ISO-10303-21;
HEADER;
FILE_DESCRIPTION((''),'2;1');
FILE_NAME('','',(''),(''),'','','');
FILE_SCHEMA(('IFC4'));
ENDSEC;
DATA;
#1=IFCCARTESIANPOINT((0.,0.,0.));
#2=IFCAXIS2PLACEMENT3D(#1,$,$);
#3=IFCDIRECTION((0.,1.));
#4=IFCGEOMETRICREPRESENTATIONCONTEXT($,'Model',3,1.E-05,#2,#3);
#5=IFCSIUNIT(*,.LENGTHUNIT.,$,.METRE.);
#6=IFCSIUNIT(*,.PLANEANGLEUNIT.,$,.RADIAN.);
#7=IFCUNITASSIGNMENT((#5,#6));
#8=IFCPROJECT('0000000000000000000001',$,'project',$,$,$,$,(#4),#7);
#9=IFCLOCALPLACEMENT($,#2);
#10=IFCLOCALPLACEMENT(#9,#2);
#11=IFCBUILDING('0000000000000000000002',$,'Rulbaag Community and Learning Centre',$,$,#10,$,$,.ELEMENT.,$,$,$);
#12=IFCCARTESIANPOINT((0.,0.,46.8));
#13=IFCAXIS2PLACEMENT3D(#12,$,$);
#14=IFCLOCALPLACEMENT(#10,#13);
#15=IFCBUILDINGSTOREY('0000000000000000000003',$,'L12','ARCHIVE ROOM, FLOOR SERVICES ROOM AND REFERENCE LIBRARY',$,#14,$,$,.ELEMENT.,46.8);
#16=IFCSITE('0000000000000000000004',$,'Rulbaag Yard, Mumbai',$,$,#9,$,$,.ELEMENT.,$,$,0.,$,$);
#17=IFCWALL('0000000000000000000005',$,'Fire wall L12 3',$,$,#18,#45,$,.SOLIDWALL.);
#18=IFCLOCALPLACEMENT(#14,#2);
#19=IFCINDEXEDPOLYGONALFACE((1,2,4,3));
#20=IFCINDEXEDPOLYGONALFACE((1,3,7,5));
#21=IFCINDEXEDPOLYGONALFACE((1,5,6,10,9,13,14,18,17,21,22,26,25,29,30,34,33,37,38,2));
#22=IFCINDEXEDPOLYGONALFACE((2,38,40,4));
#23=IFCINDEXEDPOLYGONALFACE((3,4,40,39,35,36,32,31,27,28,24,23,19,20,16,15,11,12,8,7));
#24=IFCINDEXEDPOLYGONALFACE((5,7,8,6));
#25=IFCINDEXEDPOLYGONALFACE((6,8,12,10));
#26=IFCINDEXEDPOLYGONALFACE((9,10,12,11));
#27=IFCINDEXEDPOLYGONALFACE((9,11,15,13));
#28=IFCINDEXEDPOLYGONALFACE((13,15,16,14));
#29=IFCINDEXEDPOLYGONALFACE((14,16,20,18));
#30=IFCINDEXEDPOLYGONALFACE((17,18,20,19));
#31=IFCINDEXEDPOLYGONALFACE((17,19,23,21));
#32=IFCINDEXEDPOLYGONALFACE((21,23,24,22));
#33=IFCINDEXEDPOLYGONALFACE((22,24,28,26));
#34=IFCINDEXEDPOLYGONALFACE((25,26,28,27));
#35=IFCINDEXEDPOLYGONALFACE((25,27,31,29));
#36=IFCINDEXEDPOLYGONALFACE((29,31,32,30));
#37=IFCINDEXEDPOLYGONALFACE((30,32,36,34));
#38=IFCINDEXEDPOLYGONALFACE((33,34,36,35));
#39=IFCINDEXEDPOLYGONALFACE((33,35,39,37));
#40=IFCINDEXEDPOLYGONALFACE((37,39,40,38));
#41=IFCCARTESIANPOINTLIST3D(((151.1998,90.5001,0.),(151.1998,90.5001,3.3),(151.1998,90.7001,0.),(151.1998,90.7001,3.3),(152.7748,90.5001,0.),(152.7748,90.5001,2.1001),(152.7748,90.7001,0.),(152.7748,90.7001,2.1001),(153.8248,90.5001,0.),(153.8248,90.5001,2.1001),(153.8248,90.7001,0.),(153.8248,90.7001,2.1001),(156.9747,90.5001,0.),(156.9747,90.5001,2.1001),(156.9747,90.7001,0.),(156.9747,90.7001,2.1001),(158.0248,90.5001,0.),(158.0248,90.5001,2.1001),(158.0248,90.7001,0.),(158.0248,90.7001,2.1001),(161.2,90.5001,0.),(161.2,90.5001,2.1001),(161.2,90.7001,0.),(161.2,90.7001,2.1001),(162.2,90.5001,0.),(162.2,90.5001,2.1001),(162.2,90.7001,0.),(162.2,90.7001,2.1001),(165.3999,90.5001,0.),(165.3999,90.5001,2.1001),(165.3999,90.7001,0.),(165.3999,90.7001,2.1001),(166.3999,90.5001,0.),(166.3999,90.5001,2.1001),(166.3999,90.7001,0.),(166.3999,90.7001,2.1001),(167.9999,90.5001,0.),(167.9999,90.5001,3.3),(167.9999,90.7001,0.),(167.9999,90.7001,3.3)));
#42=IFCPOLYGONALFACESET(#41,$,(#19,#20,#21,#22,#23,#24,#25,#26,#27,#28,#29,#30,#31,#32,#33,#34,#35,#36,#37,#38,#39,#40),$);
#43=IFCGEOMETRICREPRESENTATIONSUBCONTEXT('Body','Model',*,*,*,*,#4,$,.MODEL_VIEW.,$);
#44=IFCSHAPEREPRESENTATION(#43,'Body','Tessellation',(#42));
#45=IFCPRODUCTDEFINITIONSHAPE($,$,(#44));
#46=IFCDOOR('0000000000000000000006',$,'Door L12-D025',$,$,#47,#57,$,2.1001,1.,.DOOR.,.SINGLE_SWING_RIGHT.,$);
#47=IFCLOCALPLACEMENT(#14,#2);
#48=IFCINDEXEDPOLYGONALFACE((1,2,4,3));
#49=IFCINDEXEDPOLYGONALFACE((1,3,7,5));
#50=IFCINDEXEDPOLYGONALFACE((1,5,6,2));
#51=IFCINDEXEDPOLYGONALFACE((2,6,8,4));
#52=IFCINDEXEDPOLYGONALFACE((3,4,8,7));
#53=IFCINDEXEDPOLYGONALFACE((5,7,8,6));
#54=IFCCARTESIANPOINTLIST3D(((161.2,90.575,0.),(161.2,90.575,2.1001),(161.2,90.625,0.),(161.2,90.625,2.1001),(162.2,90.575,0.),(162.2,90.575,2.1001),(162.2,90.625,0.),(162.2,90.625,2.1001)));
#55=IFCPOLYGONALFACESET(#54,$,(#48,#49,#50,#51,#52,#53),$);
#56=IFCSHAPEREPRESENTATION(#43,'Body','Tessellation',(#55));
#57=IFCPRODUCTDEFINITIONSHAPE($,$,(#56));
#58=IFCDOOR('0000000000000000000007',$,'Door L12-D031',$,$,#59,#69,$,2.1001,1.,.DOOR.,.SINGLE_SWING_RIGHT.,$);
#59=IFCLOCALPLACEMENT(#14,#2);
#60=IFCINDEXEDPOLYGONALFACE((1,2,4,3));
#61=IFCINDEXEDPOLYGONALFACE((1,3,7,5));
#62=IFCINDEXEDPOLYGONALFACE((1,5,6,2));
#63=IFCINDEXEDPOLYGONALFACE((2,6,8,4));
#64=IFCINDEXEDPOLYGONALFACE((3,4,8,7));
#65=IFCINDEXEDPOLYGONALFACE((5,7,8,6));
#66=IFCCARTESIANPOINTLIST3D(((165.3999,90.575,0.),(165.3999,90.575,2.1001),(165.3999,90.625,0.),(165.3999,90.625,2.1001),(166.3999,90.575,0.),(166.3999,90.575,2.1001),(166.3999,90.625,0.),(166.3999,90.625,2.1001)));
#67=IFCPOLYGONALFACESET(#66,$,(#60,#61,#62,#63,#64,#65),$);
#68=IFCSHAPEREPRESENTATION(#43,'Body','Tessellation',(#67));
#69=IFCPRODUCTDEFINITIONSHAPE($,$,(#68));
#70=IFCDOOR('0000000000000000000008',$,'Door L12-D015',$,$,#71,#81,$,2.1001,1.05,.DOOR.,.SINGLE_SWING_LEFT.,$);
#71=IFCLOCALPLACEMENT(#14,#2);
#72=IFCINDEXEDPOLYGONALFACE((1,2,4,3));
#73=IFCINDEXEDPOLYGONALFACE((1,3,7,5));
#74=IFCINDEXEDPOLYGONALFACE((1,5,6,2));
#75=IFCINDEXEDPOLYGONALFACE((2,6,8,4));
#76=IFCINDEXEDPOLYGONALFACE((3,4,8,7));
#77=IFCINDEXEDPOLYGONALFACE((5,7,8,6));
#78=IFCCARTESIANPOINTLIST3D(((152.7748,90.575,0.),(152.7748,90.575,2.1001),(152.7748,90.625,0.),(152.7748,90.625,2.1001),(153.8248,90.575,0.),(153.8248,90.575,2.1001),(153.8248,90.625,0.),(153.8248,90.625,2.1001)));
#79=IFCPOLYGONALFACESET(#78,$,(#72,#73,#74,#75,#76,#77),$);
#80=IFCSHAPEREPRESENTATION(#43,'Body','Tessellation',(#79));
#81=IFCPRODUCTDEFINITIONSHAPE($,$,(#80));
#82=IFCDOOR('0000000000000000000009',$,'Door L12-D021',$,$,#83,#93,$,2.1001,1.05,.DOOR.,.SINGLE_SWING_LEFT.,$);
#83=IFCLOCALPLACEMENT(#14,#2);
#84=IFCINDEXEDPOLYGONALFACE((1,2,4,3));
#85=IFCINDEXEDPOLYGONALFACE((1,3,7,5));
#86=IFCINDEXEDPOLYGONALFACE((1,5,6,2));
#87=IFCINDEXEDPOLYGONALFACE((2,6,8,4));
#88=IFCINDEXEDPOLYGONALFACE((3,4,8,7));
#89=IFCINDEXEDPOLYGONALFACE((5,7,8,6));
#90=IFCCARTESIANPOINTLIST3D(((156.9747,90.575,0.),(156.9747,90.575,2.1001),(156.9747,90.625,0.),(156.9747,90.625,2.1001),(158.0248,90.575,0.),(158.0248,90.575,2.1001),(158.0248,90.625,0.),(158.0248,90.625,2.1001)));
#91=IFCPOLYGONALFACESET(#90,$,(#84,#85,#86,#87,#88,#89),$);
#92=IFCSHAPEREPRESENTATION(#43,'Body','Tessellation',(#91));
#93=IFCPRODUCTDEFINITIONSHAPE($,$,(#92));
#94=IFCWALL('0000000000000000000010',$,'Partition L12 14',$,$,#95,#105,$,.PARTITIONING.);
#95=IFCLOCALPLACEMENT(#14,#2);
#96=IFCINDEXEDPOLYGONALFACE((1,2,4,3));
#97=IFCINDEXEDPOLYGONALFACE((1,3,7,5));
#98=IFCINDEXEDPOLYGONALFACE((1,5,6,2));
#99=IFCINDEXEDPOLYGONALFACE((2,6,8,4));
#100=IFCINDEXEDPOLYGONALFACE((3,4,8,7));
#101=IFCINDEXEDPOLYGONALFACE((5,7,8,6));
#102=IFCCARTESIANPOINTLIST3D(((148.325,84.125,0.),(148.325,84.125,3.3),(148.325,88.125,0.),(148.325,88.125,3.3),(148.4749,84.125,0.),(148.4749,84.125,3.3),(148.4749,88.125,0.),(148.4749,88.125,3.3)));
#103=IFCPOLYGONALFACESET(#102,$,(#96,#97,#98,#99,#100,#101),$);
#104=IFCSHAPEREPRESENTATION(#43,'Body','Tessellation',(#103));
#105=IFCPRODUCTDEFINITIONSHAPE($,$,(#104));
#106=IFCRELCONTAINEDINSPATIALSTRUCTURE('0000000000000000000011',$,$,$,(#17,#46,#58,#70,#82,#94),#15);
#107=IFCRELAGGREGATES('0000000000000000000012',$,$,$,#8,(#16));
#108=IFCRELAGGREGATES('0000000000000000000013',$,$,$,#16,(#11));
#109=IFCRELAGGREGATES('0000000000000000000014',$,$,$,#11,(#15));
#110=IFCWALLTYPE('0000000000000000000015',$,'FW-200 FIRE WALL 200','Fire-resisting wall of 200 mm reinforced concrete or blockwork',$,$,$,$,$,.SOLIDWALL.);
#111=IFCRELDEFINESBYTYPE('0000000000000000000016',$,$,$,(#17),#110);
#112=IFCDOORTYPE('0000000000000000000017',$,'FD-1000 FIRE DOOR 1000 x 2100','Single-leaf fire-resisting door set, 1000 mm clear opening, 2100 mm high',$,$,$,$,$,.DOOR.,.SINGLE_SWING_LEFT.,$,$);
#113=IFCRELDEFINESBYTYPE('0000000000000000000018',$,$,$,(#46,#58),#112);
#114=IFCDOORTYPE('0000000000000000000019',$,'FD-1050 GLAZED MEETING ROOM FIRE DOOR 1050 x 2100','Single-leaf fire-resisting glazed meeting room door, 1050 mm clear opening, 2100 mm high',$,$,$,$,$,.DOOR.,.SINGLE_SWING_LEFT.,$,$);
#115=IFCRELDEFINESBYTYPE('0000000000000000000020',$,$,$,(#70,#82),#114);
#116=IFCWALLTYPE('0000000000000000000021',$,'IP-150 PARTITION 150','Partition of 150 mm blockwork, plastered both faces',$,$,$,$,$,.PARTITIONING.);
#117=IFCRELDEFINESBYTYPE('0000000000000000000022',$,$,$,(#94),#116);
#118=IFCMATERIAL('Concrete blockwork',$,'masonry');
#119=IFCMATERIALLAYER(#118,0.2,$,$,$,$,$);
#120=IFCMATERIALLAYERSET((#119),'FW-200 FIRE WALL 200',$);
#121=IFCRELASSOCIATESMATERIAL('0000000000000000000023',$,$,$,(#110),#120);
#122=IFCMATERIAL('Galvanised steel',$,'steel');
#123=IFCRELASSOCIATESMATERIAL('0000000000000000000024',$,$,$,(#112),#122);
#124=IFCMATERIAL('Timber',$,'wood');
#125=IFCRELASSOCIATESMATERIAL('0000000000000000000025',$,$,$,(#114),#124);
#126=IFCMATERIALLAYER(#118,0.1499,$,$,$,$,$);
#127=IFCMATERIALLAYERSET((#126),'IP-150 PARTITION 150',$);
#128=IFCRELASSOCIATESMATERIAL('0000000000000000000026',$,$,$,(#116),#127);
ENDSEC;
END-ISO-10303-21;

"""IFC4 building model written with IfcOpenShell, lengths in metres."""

from ifc_helpers import new_model, si_unit, direction, frame, frame_2d, origin, place, context, subcontext, project, spatial, rectangle, extrude, material, layer, layer_set, type_object, element, fill, save


model = new_model("IFC4")

# Units and contexts
model_context = context("Model", 3, precision=1e-05, world=origin(), true_north=direction((0.0, 1.0)))
body_context = subcontext(model_context, "Body", "Model", "MODEL_VIEW")
ifc_project = project(units=[si_unit("LENGTHUNIT", "METRE"), si_unit("PLANEANGLEUNIT", "RADIAN")], contexts=[model_context])

# Site, building, storey
site_placement = place(None, origin())
site = spatial("IfcSite", under=ifc_project, at=site_placement, Name="Rulbaag Yard, Mumbai", CompositionType="ELEMENT", RefElevation=0.0)
building_placement = place(site_placement, origin())
building = spatial("IfcBuilding", under=site, at=building_placement, Name="Rulbaag Community and Learning Centre", CompositionType="ELEMENT")
storey_placement = place(building_placement, frame((0.0, 0.0, 46.8)))
storey = spatial("IfcBuildingStorey", under=building, at=storey_placement, Name="L12", Description="ARCHIVE ROOM, FLOOR SERVICES ROOM AND REFERENCE LIBRARY", CompositionType="ELEMENT", Elevation=46.8)

# Wall, openings, doors
ifc_material_1 = material(Name="Concrete blockwork", Category="masonry")
ifc_layer_1 = layer(ifc_material_1, 0.2)
ifc_layer_set_1 = layer_set([ifc_layer_1], Name="FW-200 FIRE WALL 200")
wall_type_1 = type_object("IfcWallType", Name="FW-200 FIRE WALL 200", Description="Fire-resisting wall of 200 mm reinforced concrete or blockwork", PredefinedType="SOLIDWALL", material=ifc_layer_set_1)
wall_1_placement = place(storey_placement, frame((151.2, 90.6001, 0.0), z_axis=(0.0, 0.0, 1.0), x_axis=(1.0, 0.0, 0.0)))
wall_1 = element("IfcWall", 1, at=wall_1_placement, inside=storey, type_object=wall_type_1, Name="Fire wall L12 3", PredefinedType="SOLIDWALL", context=body_context, shape_type="SweptSolid", body=[
    extrude(rectangle(XDim=16.8, YDim=0.2, at=frame_2d((8.3999, 0.0))), origin(), (0.0, 0.0, 1.0), 3.3),
])
opening_1_placement = place(wall_1_placement, frame((1.575, 0.0, 0.0)))
opening_1 = element("IfcOpeningElement", 2, at=opening_1_placement, cuts=wall_1, PredefinedType="OPENING", context=body_context, shape_type="SweptSolid", body=[
    extrude(rectangle(XDim=1.05, YDim=2.1001, at=frame_2d((0.5249, 1.05))), frame((0.0, 0.1099, 0.0), z_axis=(0.0, -1.0, 0.0), x_axis=(1.0, 0.0, 0.0)), (0.0, 0.0, 1.0), 0.22),
])
opening_2_placement = place(wall_1_placement, frame((5.7749, 0.0, 0.0)))
opening_2 = element("IfcOpeningElement", 3, at=opening_2_placement, cuts=wall_1, PredefinedType="OPENING", context=body_context, shape_type="SweptSolid", body=[
    extrude(rectangle(XDim=1.05, YDim=2.1001, at=frame_2d((0.5249, 1.05))), frame((0.0, 0.1099, 0.0), z_axis=(0.0, -1.0, 0.0), x_axis=(1.0, 0.0, 0.0)), (0.0, 0.0, 1.0), 0.22),
])
opening_3_placement = place(wall_1_placement, frame((10.0, 0.0, 0.0)))
opening_3 = element("IfcOpeningElement", 4, at=opening_3_placement, cuts=wall_1, PredefinedType="OPENING", context=body_context, shape_type="SweptSolid", body=[
    extrude(rectangle(XDim=1.0, YDim=2.1001, at=frame_2d((0.5, 1.05))), frame((0.0, 0.1099, 0.0), z_axis=(0.0, -1.0, 0.0), x_axis=(1.0, 0.0, 0.0)), (0.0, 0.0, 1.0), 0.22),
])
opening_4_placement = place(wall_1_placement, frame((14.2, 0.0, 0.0)))
opening_4 = element("IfcOpeningElement", 5, at=opening_4_placement, cuts=wall_1, PredefinedType="OPENING", context=body_context, shape_type="SweptSolid", body=[
    extrude(rectangle(XDim=1.0, YDim=2.1001, at=frame_2d((0.5, 1.05))), frame((0.0, 0.1099, 0.0), z_axis=(0.0, -1.0, 0.0), x_axis=(1.0, 0.0, 0.0)), (0.0, 0.0, 1.0), 0.22),
])
ifc_material_2 = material(Name="Galvanised steel", Category="steel")
door_type_1 = type_object("IfcDoorType", Name="FD-1000 FIRE DOOR 1000 x 2100", Description="Single-leaf fire-resisting door set, 1000 mm clear opening, 2100 mm high", OperationType="SINGLE_SWING_LEFT", PredefinedType="DOOR", material=ifc_material_2)
door_1_placement = place(opening_3_placement, origin())
door_1 = element("IfcDoor", 6, at=door_1_placement, inside=storey, type_object=door_type_1, Name="Door L12-D025", OperationType="SINGLE_SWING_RIGHT", OverallHeight=2.1001, OverallWidth=1.0, PredefinedType="DOOR", context=body_context, shape_type="SweptSolid", body=[
    extrude(rectangle(XDim=1.0, YDim=2.1001, at=frame_2d((0.5, 1.05))), frame((0.0, 0.0249, 0.0), z_axis=(0.0, -1.0, 0.0), x_axis=(1.0, 0.0, 0.0)), (0.0, 0.0, 1.0), 0.05),
])
fill(opening_3, door_1)
door_2_placement = place(opening_4_placement, origin())
door_2 = element("IfcDoor", 7, at=door_2_placement, inside=storey, type_object=door_type_1, Name="Door L12-D031", OperationType="SINGLE_SWING_RIGHT", OverallHeight=2.1001, OverallWidth=1.0, PredefinedType="DOOR", context=body_context, shape_type="SweptSolid", body=[
    extrude(rectangle(XDim=1.0, YDim=2.1001, at=frame_2d((0.5, 1.05))), frame((0.0, 0.0249, 0.0), z_axis=(0.0, -1.0, 0.0), x_axis=(1.0, 0.0, 0.0)), (0.0, 0.0, 1.0), 0.05),
])
fill(opening_4, door_2)
ifc_material_3 = material(Name="Timber", Category="wood")
door_type_2 = type_object("IfcDoorType", Name="FD-1050 GLAZED MEETING ROOM FIRE DOOR 1050 x 2100", Description="Single-leaf fire-resisting glazed meeting room door, 1050 mm clear opening, 2100 mm high", OperationType="SINGLE_SWING_LEFT", PredefinedType="DOOR", material=ifc_material_3)
door_3_placement = place(opening_1_placement, origin())
door_3 = element("IfcDoor", 8, at=door_3_placement, inside=storey, type_object=door_type_2, Name="Door L12-D015", OperationType="SINGLE_SWING_LEFT", OverallHeight=2.1001, OverallWidth=1.05, PredefinedType="DOOR", context=body_context, shape_type="SweptSolid", body=[
    extrude(rectangle(XDim=1.05, YDim=2.1001, at=frame_2d((0.5249, 1.05))), frame((0.0, 0.0249, 0.0), z_axis=(0.0, -1.0, 0.0), x_axis=(1.0, 0.0, 0.0)), (0.0, 0.0, 1.0), 0.05),
])
fill(opening_1, door_3)
door_4_placement = place(opening_2_placement, origin())
door_4 = element("IfcDoor", 9, at=door_4_placement, inside=storey, type_object=door_type_2, Name="Door L12-D021", OperationType="SINGLE_SWING_LEFT", OverallHeight=2.1001, OverallWidth=1.05, PredefinedType="DOOR", context=body_context, shape_type="SweptSolid", body=[
    extrude(rectangle(XDim=1.05, YDim=2.1001, at=frame_2d((0.5249, 1.05))), frame((0.0, 0.0249, 0.0), z_axis=(0.0, -1.0, 0.0), x_axis=(1.0, 0.0, 0.0)), (0.0, 0.0, 1.0), 0.05),
])
fill(opening_2, door_4)

# Wall
ifc_layer_2 = layer(ifc_material_1, 0.1499)
ifc_layer_set_2 = layer_set([ifc_layer_2], Name="IP-150 PARTITION 150")
wall_type_2 = type_object("IfcWallType", Name="IP-150 PARTITION 150", Description="Partition of 150 mm blockwork, plastered both faces", PredefinedType="PARTITIONING", material=ifc_layer_set_2)
wall_2_placement = place(storey_placement, frame((148.3999, 84.125, 0.0), z_axis=(0.0, 0.0, 1.0), x_axis=(0.0, 1.0, 0.0)))
element("IfcWall", 10, at=wall_2_placement, inside=storey, type_object=wall_type_2, Name="Partition L12 14", PredefinedType="PARTITIONING", context=body_context, shape_type="SweptSolid", body=[
    extrude(rectangle(XDim=4.0, YDim=0.1499, at=frame_2d((2.0, 0.0))), origin(), (0.0, 0.0, 1.0), 3.3),
])

save(model, "model.ifc")
